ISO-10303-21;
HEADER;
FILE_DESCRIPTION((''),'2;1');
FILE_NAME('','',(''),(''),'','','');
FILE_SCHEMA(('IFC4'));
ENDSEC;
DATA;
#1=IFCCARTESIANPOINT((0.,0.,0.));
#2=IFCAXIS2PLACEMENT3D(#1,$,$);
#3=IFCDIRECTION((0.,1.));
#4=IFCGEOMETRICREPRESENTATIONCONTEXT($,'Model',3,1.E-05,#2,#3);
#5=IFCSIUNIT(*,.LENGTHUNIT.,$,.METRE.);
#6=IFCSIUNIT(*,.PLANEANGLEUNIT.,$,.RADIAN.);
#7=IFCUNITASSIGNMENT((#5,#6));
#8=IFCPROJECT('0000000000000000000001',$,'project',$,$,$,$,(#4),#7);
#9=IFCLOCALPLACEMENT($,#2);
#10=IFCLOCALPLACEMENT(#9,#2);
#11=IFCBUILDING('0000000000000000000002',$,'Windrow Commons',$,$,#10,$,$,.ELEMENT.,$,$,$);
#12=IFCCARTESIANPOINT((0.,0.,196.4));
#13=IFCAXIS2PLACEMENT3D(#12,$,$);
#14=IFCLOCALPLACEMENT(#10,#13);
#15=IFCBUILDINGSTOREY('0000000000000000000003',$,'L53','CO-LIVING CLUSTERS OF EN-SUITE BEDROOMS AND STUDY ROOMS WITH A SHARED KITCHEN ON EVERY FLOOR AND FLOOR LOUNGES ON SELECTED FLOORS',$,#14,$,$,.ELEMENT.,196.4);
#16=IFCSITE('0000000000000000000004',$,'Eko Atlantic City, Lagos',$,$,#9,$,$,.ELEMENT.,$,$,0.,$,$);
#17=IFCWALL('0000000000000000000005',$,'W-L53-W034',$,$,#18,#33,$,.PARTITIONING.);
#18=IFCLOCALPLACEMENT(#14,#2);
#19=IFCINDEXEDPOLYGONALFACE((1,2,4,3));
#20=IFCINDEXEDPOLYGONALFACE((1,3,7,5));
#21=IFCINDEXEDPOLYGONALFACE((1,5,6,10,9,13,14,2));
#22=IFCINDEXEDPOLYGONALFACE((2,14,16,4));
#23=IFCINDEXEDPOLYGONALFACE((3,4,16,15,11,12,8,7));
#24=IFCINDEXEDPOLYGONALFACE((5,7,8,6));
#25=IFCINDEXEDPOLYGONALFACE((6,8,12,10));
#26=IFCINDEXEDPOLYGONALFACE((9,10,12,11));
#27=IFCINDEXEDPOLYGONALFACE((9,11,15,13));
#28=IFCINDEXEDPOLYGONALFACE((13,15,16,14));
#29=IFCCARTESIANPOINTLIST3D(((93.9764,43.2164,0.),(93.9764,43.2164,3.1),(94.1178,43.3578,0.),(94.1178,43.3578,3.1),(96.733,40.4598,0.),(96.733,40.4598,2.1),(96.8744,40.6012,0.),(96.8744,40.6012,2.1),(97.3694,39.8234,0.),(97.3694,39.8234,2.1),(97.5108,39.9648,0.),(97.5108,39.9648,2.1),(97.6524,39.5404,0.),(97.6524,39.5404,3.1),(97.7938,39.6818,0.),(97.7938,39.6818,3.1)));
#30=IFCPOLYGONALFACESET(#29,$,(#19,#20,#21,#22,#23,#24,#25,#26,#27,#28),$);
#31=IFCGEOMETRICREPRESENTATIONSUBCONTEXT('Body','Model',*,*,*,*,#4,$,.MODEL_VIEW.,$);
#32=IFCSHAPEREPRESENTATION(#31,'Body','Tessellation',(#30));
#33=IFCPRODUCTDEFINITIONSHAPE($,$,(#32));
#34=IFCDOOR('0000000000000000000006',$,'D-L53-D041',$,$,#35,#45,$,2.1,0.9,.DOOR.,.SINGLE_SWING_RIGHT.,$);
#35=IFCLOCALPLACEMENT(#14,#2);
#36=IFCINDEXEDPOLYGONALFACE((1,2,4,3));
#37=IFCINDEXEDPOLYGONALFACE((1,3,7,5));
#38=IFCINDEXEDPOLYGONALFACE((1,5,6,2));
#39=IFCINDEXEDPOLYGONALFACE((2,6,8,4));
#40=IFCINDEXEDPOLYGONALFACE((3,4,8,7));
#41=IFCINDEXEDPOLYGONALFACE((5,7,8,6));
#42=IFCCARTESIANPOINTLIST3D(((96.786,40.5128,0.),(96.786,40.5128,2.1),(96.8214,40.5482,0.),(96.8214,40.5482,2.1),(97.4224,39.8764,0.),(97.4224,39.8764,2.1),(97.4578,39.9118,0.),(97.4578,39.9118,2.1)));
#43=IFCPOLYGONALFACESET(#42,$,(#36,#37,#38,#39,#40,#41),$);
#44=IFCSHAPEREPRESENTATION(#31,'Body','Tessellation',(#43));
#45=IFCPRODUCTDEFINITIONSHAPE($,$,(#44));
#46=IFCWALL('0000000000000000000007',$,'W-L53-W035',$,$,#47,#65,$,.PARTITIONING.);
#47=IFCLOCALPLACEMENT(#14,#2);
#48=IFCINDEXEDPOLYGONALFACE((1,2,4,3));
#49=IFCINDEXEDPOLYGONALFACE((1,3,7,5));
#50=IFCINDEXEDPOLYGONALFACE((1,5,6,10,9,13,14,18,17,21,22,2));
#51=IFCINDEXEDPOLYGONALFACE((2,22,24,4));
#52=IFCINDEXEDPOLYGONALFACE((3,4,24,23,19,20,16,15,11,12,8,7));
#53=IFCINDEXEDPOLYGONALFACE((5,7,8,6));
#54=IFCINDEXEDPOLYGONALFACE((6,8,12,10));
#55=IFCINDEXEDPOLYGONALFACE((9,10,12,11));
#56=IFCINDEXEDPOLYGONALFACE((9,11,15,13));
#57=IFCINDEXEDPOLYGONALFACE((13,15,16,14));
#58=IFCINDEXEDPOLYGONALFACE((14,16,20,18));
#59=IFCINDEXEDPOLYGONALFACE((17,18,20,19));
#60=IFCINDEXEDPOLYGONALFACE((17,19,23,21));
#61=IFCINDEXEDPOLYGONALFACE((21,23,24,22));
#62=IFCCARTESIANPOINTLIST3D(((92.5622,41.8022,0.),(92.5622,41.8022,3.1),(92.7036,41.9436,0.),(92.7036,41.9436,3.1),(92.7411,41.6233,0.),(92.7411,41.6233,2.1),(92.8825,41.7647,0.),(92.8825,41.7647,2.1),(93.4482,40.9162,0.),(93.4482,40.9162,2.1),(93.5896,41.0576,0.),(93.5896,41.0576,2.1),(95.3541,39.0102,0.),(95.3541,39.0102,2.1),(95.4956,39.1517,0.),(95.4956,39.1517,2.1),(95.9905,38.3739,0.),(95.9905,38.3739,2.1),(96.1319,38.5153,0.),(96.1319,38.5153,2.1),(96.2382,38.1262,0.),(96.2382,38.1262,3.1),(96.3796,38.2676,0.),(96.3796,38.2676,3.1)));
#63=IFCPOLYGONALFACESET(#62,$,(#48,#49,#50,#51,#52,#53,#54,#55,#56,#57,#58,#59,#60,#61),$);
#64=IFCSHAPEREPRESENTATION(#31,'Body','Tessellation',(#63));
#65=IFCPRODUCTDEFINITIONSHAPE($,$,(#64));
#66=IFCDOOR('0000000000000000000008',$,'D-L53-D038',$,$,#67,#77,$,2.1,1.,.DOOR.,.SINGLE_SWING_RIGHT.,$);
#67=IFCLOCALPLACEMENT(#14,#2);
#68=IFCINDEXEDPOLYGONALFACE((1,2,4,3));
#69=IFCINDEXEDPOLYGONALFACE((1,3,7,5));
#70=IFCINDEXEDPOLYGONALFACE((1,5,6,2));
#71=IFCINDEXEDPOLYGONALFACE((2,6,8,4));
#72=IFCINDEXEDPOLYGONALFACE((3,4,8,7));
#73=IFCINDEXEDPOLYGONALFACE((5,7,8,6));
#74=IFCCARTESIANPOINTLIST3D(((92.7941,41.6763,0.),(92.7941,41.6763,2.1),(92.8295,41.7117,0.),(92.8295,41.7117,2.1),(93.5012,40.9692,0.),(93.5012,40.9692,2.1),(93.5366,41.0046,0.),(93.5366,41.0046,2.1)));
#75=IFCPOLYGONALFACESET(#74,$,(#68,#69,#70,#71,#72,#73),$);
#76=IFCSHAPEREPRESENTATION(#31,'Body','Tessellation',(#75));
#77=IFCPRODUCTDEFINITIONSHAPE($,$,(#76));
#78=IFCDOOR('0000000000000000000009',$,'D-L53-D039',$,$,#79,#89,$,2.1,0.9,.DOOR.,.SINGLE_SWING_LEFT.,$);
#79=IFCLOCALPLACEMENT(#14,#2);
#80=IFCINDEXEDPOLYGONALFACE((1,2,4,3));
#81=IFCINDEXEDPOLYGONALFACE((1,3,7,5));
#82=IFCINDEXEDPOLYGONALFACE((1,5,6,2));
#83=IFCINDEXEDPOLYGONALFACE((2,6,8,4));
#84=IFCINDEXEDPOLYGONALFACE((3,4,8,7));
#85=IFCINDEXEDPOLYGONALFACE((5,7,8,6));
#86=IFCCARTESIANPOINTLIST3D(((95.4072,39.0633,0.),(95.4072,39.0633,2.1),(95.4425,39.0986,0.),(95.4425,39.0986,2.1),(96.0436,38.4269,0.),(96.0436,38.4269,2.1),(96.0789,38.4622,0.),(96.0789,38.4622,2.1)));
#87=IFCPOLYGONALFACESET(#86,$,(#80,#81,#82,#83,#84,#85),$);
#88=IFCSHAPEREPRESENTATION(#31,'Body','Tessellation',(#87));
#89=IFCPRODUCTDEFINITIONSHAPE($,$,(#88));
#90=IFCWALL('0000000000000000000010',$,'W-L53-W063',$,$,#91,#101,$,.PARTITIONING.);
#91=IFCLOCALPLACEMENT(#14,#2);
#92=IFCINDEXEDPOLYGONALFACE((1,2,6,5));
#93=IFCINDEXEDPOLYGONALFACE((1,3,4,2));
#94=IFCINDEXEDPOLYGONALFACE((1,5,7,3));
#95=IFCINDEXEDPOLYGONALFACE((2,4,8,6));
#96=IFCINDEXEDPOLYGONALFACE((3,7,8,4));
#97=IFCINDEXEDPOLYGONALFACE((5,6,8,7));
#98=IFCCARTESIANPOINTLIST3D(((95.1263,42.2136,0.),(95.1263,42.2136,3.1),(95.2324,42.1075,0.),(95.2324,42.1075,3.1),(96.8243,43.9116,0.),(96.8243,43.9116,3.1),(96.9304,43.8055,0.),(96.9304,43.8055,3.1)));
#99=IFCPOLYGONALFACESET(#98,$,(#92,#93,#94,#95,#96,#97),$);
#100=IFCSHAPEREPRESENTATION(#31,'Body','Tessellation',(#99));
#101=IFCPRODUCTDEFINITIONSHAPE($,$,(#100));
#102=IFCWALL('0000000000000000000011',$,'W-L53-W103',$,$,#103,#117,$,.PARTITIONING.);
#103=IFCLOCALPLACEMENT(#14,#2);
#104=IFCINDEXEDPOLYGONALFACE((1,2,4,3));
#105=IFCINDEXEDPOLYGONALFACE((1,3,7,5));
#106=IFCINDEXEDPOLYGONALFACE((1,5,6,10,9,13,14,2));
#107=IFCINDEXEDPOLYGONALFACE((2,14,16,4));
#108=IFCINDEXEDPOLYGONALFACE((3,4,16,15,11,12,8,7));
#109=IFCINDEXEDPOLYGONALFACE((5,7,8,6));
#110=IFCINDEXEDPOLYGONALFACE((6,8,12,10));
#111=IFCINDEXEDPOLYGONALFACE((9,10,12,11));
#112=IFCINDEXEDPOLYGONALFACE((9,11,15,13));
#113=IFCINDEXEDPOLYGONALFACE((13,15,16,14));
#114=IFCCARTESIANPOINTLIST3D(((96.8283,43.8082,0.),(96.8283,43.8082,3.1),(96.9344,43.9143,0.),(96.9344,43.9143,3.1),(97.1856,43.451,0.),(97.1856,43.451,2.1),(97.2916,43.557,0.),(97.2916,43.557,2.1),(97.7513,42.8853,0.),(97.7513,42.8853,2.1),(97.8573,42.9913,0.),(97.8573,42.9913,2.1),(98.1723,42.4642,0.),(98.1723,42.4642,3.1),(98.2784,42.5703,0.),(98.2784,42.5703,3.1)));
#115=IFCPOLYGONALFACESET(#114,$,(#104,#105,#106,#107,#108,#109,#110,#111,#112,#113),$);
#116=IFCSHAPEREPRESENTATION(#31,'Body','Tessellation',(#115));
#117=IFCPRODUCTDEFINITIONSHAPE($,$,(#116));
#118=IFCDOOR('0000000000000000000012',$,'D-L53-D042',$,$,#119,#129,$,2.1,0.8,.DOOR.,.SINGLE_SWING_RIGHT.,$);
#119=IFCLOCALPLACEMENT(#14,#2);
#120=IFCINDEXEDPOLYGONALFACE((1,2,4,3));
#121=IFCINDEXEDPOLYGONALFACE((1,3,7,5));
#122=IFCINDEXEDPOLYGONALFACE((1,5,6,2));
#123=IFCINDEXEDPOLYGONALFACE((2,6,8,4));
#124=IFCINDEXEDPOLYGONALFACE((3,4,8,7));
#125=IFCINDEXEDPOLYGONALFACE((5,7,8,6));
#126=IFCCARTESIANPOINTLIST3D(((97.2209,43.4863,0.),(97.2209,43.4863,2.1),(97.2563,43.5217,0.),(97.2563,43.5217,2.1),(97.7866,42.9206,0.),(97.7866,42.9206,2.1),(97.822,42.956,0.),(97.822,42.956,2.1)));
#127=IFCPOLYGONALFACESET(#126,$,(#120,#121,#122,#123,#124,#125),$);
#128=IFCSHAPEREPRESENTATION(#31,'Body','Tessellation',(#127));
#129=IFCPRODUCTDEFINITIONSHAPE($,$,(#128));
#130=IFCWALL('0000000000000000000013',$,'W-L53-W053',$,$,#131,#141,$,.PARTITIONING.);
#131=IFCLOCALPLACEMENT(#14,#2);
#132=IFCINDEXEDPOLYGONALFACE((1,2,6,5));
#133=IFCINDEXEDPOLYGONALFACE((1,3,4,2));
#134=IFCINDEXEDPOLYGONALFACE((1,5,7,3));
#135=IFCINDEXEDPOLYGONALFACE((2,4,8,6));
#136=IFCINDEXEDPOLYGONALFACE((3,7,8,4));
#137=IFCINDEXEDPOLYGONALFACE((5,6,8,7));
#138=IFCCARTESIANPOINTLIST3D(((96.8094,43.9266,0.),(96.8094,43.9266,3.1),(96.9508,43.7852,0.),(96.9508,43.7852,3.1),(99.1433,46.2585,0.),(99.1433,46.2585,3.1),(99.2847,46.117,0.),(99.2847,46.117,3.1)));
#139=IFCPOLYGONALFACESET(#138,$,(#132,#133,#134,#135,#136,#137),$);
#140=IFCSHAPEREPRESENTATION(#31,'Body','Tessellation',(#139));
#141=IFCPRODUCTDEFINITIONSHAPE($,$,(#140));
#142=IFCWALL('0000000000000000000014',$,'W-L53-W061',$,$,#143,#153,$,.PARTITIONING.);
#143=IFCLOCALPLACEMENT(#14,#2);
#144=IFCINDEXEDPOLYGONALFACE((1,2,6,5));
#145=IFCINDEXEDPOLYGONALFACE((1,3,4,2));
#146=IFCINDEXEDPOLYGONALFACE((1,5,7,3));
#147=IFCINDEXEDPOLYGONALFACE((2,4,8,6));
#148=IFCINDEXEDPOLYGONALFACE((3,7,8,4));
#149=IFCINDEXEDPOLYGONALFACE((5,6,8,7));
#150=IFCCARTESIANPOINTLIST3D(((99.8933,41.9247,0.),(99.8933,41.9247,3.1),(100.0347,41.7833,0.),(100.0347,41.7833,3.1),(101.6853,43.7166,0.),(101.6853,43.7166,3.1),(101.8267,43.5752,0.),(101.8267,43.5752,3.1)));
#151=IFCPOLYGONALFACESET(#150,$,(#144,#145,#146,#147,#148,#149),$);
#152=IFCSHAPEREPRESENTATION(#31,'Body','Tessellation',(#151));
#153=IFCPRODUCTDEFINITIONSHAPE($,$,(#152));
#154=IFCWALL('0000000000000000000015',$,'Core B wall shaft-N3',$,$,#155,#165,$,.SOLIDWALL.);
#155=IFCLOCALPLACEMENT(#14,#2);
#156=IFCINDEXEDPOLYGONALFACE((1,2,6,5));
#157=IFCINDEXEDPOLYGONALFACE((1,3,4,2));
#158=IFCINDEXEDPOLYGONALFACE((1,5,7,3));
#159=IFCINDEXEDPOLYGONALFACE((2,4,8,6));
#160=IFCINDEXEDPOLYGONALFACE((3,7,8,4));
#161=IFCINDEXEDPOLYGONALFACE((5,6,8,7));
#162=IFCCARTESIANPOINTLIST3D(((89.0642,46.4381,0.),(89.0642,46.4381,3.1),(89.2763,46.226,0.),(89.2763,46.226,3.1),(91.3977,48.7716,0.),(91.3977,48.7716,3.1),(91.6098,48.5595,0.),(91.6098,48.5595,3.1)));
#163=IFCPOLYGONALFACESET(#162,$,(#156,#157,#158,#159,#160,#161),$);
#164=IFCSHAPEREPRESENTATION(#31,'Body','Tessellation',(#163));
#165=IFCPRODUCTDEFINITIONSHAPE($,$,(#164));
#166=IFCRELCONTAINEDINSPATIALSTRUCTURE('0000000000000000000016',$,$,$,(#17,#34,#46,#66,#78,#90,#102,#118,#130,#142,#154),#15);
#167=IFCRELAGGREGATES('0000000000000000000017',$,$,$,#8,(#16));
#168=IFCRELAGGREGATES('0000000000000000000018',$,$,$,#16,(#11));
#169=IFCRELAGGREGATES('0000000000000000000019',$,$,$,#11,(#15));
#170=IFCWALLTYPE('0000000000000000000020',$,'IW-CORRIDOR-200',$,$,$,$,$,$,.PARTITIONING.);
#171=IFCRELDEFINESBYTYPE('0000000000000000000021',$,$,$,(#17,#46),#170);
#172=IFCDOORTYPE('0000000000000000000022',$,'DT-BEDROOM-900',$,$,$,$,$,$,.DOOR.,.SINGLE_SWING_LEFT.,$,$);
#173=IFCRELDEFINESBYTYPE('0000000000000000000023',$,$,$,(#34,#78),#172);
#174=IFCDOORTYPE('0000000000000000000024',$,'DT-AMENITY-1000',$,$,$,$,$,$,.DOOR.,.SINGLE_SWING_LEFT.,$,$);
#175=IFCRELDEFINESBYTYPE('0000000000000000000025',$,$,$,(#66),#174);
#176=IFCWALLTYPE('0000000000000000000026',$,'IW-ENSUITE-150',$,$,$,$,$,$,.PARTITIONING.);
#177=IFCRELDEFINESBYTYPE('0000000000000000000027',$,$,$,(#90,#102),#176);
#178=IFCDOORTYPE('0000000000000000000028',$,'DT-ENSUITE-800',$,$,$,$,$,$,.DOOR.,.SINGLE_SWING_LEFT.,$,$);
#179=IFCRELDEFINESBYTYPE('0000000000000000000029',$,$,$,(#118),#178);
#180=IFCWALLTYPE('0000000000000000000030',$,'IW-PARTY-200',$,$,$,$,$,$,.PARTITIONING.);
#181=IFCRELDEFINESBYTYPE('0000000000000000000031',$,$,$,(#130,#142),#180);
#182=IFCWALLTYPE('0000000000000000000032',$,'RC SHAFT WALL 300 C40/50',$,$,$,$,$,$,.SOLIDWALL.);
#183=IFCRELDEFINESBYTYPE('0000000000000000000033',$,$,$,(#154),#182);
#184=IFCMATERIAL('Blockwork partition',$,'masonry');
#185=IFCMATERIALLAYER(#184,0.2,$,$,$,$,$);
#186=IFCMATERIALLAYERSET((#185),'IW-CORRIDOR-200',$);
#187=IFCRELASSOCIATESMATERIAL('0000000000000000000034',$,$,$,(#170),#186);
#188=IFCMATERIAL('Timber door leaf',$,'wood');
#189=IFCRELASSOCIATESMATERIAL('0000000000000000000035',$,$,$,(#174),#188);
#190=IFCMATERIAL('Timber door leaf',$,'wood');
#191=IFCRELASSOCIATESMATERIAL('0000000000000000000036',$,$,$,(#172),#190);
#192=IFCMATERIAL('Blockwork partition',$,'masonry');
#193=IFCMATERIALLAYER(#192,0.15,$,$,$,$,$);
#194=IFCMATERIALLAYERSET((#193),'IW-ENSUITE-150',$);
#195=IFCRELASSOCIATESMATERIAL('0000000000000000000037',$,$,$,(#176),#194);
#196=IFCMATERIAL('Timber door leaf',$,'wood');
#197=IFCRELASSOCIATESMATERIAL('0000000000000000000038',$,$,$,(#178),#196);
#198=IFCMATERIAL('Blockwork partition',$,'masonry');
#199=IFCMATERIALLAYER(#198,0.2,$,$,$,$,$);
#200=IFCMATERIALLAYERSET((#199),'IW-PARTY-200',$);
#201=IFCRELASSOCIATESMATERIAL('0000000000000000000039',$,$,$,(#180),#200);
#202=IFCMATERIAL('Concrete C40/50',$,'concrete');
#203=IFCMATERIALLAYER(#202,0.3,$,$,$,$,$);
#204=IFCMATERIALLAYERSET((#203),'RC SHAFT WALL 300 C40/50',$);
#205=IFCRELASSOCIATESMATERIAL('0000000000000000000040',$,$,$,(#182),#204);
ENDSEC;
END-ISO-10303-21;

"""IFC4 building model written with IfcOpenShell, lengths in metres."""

from ifc_helpers import new_model, si_unit, direction, frame, frame_2d, origin, place, context, subcontext, project, spatial, rectangle, extrude, material, layer, layer_set, type_object, element, fill, save


model = new_model("IFC4")

# Units and contexts
model_context = context("Model", 3, precision=1e-05, world=origin(), true_north=direction((0.0, 1.0)))
body_context = subcontext(model_context, "Body", "Model", "MODEL_VIEW")
ifc_project = project(units=[si_unit("LENGTHUNIT", "METRE"), si_unit("PLANEANGLEUNIT", "RADIAN")], contexts=[model_context])

# Site, building, storey
site_placement = place(None, origin())
site = spatial("IfcSite", under=ifc_project, at=site_placement, Name="Eko Atlantic City, Lagos", CompositionType="ELEMENT", RefElevation=0.0)
building_placement = place(site_placement, origin())
building = spatial("IfcBuilding", under=site, at=building_placement, Name="Windrow Commons", CompositionType="ELEMENT")
storey_placement = place(building_placement, frame((0.0, 0.0, 196.4)))
storey = spatial("IfcBuildingStorey", under=building, at=storey_placement, Name="L53", Description="CO-LIVING CLUSTERS OF EN-SUITE BEDROOMS AND STUDY ROOMS WITH A SHARED KITCHEN ON EVERY FLOOR AND FLOOR LOUNGES ON SELECTED FLOORS", CompositionType="ELEMENT", Elevation=196.4)

# Wall, opening, door
ifc_material_1 = material(Name="Blockwork partition", Category="masonry")
ifc_layer_1 = layer(ifc_material_1, 0.2)
ifc_layer_set_1 = layer_set([ifc_layer_1], Name="IW-CORRIDOR-200")
wall_type_1 = type_object("IfcWallType", Name="IW-CORRIDOR-200", PredefinedType="PARTITIONING", material=ifc_layer_set_1)
ifc_material_2 = material(Name="Timber door leaf", Category="wood")
door_type_1 = type_object("IfcDoorType", Name="DT-AMENITY-1000", OperationType="SINGLE_SWING_LEFT", PredefinedType="DOOR", material=ifc_material_2)
wall_1_placement = place(storey_placement, frame((94.0471, 43.2871, 0.0), z_axis=(0.0, 0.0, 1.0), x_axis=(0.707107, -0.707107, 0.0)))
wall_1 = element("IfcWall", 1, at=wall_1_placement, inside=storey, type_object=wall_type_1, Name="W-L53-W034", PredefinedType="PARTITIONING", context=body_context, shape_type="SweptSolid", body=[
    extrude(rectangle(XDim=5.1986, YDim=0.2, at=frame_2d((2.5993, 0.0))), origin(), (0.0, 0.0, 1.0), 3.1),
])
opening_1_placement = place(wall_1_placement, frame((3.8984, 0.0, 0.0)))
opening_1 = element("IfcOpeningElement", 2, at=opening_1_placement, cuts=wall_1, PredefinedType="OPENING", context=body_context, shape_type="SweptSolid", body=[
    extrude(rectangle(XDim=0.9, YDim=2.1, at=frame_2d((0.45, 1.05))), frame((0.0, 0.11, 0.0), z_axis=(0.0, -1.0, 0.0), x_axis=(1.0, 0.0, 0.0)), (0.0, 0.0, 1.0), 0.22),
])
ifc_material_3 = material(Name="Timber door leaf", Category="wood")
door_type_2 = type_object("IfcDoorType", Name="DT-BEDROOM-900", OperationType="SINGLE_SWING_LEFT", PredefinedType="DOOR", material=ifc_material_3)
door_1_placement = place(opening_1_placement, origin())
door_1 = element("IfcDoor", 3, at=door_1_placement, inside=storey, type_object=door_type_2, Name="D-L53-D041", OperationType="SINGLE_SWING_RIGHT", OverallHeight=2.1, OverallWidth=0.9, PredefinedType="DOOR", context=body_context, shape_type="SweptSolid", body=[
    extrude(rectangle(XDim=0.9, YDim=2.1, at=frame_2d((0.45, 1.05))), frame((0.0, 0.025, 0.0), z_axis=(0.0, -1.0, 0.0), x_axis=(1.0, 0.0, 0.0)), (0.0, 0.0, 1.0), 0.05),
])
fill(opening_1, door_1)

# Wall, openings, doors
wall_2_placement = place(storey_placement, frame((92.6329, 41.8729, 0.0), z_axis=(0.0, 0.0, 1.0), x_axis=(0.707107, -0.707107, 0.0)))
wall_2 = element("IfcWall", 4, at=wall_2_placement, inside=storey, type_object=wall_type_1, Name="W-L53-W035", PredefinedType="PARTITIONING", context=body_context, shape_type="SweptSolid", body=[
    extrude(rectangle(XDim=5.1986, YDim=0.2, at=frame_2d((2.5993, 0.0))), origin(), (0.0, 0.0, 1.0), 3.1),
])
opening_2_placement = place(wall_2_placement, frame((0.253, 0.0, 0.0)))
opening_2 = element("IfcOpeningElement", 5, at=opening_2_placement, cuts=wall_2, PredefinedType="OPENING", context=body_context, shape_type="SweptSolid", body=[
    extrude(rectangle(XDim=1.0, YDim=2.1, at=frame_2d((0.5, 1.05))), frame((0.0, 0.11, 0.0), z_axis=(0.0, -1.0, 0.0), x_axis=(1.0, 0.0, 0.0)), (0.0, 0.0, 1.0), 0.22),
])
opening_3_placement = place(wall_2_placement, frame((3.9484, 0.0, 0.0)))
opening_3 = element("IfcOpeningElement", 6, at=opening_3_placement, cuts=wall_2, PredefinedType="OPENING", context=body_context, shape_type="SweptSolid", body=[
    extrude(rectangle(XDim=0.9, YDim=2.1, at=frame_2d((0.45, 1.05))), frame((0.0, 0.11, 0.0), z_axis=(0.0, -1.0, 0.0), x_axis=(1.0, 0.0, 0.0)), (0.0, 0.0, 1.0), 0.22),
])
door_2_placement = place(opening_2_placement, origin())
door_2 = element("IfcDoor", 7, at=door_2_placement, inside=storey, type_object=door_type_1, Name="D-L53-D038", OperationType="SINGLE_SWING_RIGHT", OverallHeight=2.1, OverallWidth=1.0, PredefinedType="DOOR", context=body_context, shape_type="SweptSolid", body=[
    extrude(rectangle(XDim=1.0, YDim=2.1, at=frame_2d((0.5, 1.05))), frame((0.0, 0.025, 0.0), z_axis=(0.0, -1.0, 0.0), x_axis=(1.0, 0.0, 0.0)), (0.0, 0.0, 1.0), 0.05),
])
fill(opening_2, door_2)
door_3_placement = place(opening_3_placement, origin())
door_3 = element("IfcDoor", 8, at=door_3_placement, inside=storey, type_object=door_type_2, Name="D-L53-D039", OperationType="SINGLE_SWING_LEFT", OverallHeight=2.1, OverallWidth=0.9, PredefinedType="DOOR", context=body_context, shape_type="SweptSolid", body=[
    extrude(rectangle(XDim=0.9, YDim=2.1, at=frame_2d((0.45, 1.05))), frame((0.0, 0.025, 0.0), z_axis=(0.0, -1.0, 0.0), x_axis=(1.0, 0.0, 0.0)), (0.0, 0.0, 1.0), 0.05),
])
fill(opening_3, door_3)

# Wall
ifc_material_4 = material(Name="Blockwork partition", Category="masonry")
ifc_layer_2 = layer(ifc_material_4, 0.15)
ifc_layer_set_2 = layer_set([ifc_layer_2], Name="IW-ENSUITE-150")
wall_type_2 = type_object("IfcWallType", Name="IW-ENSUITE-150", PredefinedType="PARTITIONING", material=ifc_layer_set_2)
wall_3_placement = place(storey_placement, frame((95.1794, 42.1606, 0.0), z_axis=(0.0, 0.0, 1.0), x_axis=(0.707107, 0.707107, 0.0)))
element("IfcWall", 9, at=wall_3_placement, inside=storey, type_object=wall_type_2, Name="W-L53-W063", PredefinedType="PARTITIONING", context=body_context, shape_type="SweptSolid", body=[
    extrude(rectangle(XDim=2.4013, YDim=0.15, at=frame_2d((1.2006, 0.0))), origin(), (0.0, 0.0, 1.0), 3.1),
])

# Wall, opening, door
wall_4_placement = place(storey_placement, frame((96.8813, 43.8613, 0.0), z_axis=(0.0, 0.0, 1.0), x_axis=(0.707107, -0.707107, 0.0)))
wall_4 = element("IfcWall", 10, at=wall_4_placement, inside=storey, type_object=wall_type_2, Name="W-L53-W103", PredefinedType="PARTITIONING", context=body_context, shape_type="SweptSolid", body=[
    extrude(rectangle(XDim=1.9007, YDim=0.15, at=frame_2d((0.9504, 0.0))), origin(), (0.0, 0.0, 1.0), 3.1),
])
opening_4_placement = place(wall_4_placement, frame((0.5053, 0.0, 0.0)))
opening_4 = element("IfcOpeningElement", 11, at=opening_4_placement, cuts=wall_4, PredefinedType="OPENING", context=body_context, shape_type="SweptSolid", body=[
    extrude(rectangle(XDim=0.8, YDim=2.1, at=frame_2d((0.4, 1.05))), frame((0.0, 0.085, 0.0), z_axis=(0.0, -1.0, 0.0), x_axis=(1.0, 0.0, 0.0)), (0.0, 0.0, 1.0), 0.17),
])
ifc_material_5 = material(Name="Timber door leaf", Category="wood")
door_type_3 = type_object("IfcDoorType", Name="DT-ENSUITE-800", OperationType="SINGLE_SWING_LEFT", PredefinedType="DOOR", material=ifc_material_5)
door_4_placement = place(opening_4_placement, origin())
door_4 = element("IfcDoor", 12, at=door_4_placement, inside=storey, type_object=door_type_3, Name="D-L53-D042", OperationType="SINGLE_SWING_RIGHT", OverallHeight=2.1, OverallWidth=0.8, PredefinedType="DOOR", context=body_context, shape_type="SweptSolid", body=[
    extrude(rectangle(XDim=0.8, YDim=2.1, at=frame_2d((0.4, 1.05))), frame((0.0, 0.025, 0.0), z_axis=(0.0, -1.0, 0.0), x_axis=(1.0, 0.0, 0.0)), (0.0, 0.0, 1.0), 0.05),
])
fill(opening_4, door_4)

# Walls
ifc_material_6 = material(Name="Blockwork partition", Category="masonry")
ifc_layer_3 = layer(ifc_material_6, 0.2)
ifc_layer_set_3 = layer_set([ifc_layer_3], Name="IW-PARTY-200")
wall_type_3 = type_object("IfcWallType", Name="IW-PARTY-200", PredefinedType="PARTITIONING", material=ifc_layer_set_3)
wall_5_placement = place(storey_placement, frame((96.8801, 43.8559, 0.0), z_axis=(0.0, 0.0, 1.0), x_axis=(0.70741, 0.706804, 0.0)))
element("IfcWall", 13, at=wall_5_placement, inside=storey, type_object=wall_type_3, Name="W-L53-W053", PredefinedType="PARTITIONING", context=body_context, shape_type="SweptSolid", body=[
    extrude(rectangle(XDim=3.2992, YDim=0.2, at=frame_2d((1.6496, 0.0))), origin(), (0.0, 0.0, 1.0), 3.1),
])
wall_6_placement = place(storey_placement, frame((99.964, 41.854, 0.0), z_axis=(0.0, 0.0, 1.0), x_axis=(0.707127, 0.707087, 0.0)))
element("IfcWall", 14, at=wall_6_placement, inside=storey, type_object=wall_type_3, Name="W-L53-W061", PredefinedType="PARTITIONING", context=body_context, shape_type="SweptSolid", body=[
    extrude(rectangle(XDim=2.5341, YDim=0.2, at=frame_2d((1.2671, 0.0))), origin(), (0.0, 0.0, 1.0), 3.1),
])
ifc_material_7 = material(Name="Concrete C40/50", Category="concrete")
ifc_layer_4 = layer(ifc_material_7, 0.3)
ifc_layer_set_4 = layer_set([ifc_layer_4], Name="RC SHAFT WALL 300 C40/50")
wall_type_4 = type_object("IfcWallType", Name="RC SHAFT WALL 300 C40/50", PredefinedType="SOLIDWALL", material=ifc_layer_set_4)
wall_7_placement = place(storey_placement, frame((89.1702, 46.332, 0.0), z_axis=(0.0, 0.0, 1.0), x_axis=(0.707107, 0.707107, 0.0)))
element("IfcWall", 15, at=wall_7_placement, inside=storey, type_object=wall_type_4, Name="Core B wall shaft-N3", PredefinedType="SOLIDWALL", context=body_context, shape_type="SweptSolid", body=[
    extrude(rectangle(XDim=3.3001, YDim=0.3, at=frame_2d((1.6501, 0.0))), origin(), (0.0, 0.0, 1.0), 3.1),
])

save(model, "model.ifc")
